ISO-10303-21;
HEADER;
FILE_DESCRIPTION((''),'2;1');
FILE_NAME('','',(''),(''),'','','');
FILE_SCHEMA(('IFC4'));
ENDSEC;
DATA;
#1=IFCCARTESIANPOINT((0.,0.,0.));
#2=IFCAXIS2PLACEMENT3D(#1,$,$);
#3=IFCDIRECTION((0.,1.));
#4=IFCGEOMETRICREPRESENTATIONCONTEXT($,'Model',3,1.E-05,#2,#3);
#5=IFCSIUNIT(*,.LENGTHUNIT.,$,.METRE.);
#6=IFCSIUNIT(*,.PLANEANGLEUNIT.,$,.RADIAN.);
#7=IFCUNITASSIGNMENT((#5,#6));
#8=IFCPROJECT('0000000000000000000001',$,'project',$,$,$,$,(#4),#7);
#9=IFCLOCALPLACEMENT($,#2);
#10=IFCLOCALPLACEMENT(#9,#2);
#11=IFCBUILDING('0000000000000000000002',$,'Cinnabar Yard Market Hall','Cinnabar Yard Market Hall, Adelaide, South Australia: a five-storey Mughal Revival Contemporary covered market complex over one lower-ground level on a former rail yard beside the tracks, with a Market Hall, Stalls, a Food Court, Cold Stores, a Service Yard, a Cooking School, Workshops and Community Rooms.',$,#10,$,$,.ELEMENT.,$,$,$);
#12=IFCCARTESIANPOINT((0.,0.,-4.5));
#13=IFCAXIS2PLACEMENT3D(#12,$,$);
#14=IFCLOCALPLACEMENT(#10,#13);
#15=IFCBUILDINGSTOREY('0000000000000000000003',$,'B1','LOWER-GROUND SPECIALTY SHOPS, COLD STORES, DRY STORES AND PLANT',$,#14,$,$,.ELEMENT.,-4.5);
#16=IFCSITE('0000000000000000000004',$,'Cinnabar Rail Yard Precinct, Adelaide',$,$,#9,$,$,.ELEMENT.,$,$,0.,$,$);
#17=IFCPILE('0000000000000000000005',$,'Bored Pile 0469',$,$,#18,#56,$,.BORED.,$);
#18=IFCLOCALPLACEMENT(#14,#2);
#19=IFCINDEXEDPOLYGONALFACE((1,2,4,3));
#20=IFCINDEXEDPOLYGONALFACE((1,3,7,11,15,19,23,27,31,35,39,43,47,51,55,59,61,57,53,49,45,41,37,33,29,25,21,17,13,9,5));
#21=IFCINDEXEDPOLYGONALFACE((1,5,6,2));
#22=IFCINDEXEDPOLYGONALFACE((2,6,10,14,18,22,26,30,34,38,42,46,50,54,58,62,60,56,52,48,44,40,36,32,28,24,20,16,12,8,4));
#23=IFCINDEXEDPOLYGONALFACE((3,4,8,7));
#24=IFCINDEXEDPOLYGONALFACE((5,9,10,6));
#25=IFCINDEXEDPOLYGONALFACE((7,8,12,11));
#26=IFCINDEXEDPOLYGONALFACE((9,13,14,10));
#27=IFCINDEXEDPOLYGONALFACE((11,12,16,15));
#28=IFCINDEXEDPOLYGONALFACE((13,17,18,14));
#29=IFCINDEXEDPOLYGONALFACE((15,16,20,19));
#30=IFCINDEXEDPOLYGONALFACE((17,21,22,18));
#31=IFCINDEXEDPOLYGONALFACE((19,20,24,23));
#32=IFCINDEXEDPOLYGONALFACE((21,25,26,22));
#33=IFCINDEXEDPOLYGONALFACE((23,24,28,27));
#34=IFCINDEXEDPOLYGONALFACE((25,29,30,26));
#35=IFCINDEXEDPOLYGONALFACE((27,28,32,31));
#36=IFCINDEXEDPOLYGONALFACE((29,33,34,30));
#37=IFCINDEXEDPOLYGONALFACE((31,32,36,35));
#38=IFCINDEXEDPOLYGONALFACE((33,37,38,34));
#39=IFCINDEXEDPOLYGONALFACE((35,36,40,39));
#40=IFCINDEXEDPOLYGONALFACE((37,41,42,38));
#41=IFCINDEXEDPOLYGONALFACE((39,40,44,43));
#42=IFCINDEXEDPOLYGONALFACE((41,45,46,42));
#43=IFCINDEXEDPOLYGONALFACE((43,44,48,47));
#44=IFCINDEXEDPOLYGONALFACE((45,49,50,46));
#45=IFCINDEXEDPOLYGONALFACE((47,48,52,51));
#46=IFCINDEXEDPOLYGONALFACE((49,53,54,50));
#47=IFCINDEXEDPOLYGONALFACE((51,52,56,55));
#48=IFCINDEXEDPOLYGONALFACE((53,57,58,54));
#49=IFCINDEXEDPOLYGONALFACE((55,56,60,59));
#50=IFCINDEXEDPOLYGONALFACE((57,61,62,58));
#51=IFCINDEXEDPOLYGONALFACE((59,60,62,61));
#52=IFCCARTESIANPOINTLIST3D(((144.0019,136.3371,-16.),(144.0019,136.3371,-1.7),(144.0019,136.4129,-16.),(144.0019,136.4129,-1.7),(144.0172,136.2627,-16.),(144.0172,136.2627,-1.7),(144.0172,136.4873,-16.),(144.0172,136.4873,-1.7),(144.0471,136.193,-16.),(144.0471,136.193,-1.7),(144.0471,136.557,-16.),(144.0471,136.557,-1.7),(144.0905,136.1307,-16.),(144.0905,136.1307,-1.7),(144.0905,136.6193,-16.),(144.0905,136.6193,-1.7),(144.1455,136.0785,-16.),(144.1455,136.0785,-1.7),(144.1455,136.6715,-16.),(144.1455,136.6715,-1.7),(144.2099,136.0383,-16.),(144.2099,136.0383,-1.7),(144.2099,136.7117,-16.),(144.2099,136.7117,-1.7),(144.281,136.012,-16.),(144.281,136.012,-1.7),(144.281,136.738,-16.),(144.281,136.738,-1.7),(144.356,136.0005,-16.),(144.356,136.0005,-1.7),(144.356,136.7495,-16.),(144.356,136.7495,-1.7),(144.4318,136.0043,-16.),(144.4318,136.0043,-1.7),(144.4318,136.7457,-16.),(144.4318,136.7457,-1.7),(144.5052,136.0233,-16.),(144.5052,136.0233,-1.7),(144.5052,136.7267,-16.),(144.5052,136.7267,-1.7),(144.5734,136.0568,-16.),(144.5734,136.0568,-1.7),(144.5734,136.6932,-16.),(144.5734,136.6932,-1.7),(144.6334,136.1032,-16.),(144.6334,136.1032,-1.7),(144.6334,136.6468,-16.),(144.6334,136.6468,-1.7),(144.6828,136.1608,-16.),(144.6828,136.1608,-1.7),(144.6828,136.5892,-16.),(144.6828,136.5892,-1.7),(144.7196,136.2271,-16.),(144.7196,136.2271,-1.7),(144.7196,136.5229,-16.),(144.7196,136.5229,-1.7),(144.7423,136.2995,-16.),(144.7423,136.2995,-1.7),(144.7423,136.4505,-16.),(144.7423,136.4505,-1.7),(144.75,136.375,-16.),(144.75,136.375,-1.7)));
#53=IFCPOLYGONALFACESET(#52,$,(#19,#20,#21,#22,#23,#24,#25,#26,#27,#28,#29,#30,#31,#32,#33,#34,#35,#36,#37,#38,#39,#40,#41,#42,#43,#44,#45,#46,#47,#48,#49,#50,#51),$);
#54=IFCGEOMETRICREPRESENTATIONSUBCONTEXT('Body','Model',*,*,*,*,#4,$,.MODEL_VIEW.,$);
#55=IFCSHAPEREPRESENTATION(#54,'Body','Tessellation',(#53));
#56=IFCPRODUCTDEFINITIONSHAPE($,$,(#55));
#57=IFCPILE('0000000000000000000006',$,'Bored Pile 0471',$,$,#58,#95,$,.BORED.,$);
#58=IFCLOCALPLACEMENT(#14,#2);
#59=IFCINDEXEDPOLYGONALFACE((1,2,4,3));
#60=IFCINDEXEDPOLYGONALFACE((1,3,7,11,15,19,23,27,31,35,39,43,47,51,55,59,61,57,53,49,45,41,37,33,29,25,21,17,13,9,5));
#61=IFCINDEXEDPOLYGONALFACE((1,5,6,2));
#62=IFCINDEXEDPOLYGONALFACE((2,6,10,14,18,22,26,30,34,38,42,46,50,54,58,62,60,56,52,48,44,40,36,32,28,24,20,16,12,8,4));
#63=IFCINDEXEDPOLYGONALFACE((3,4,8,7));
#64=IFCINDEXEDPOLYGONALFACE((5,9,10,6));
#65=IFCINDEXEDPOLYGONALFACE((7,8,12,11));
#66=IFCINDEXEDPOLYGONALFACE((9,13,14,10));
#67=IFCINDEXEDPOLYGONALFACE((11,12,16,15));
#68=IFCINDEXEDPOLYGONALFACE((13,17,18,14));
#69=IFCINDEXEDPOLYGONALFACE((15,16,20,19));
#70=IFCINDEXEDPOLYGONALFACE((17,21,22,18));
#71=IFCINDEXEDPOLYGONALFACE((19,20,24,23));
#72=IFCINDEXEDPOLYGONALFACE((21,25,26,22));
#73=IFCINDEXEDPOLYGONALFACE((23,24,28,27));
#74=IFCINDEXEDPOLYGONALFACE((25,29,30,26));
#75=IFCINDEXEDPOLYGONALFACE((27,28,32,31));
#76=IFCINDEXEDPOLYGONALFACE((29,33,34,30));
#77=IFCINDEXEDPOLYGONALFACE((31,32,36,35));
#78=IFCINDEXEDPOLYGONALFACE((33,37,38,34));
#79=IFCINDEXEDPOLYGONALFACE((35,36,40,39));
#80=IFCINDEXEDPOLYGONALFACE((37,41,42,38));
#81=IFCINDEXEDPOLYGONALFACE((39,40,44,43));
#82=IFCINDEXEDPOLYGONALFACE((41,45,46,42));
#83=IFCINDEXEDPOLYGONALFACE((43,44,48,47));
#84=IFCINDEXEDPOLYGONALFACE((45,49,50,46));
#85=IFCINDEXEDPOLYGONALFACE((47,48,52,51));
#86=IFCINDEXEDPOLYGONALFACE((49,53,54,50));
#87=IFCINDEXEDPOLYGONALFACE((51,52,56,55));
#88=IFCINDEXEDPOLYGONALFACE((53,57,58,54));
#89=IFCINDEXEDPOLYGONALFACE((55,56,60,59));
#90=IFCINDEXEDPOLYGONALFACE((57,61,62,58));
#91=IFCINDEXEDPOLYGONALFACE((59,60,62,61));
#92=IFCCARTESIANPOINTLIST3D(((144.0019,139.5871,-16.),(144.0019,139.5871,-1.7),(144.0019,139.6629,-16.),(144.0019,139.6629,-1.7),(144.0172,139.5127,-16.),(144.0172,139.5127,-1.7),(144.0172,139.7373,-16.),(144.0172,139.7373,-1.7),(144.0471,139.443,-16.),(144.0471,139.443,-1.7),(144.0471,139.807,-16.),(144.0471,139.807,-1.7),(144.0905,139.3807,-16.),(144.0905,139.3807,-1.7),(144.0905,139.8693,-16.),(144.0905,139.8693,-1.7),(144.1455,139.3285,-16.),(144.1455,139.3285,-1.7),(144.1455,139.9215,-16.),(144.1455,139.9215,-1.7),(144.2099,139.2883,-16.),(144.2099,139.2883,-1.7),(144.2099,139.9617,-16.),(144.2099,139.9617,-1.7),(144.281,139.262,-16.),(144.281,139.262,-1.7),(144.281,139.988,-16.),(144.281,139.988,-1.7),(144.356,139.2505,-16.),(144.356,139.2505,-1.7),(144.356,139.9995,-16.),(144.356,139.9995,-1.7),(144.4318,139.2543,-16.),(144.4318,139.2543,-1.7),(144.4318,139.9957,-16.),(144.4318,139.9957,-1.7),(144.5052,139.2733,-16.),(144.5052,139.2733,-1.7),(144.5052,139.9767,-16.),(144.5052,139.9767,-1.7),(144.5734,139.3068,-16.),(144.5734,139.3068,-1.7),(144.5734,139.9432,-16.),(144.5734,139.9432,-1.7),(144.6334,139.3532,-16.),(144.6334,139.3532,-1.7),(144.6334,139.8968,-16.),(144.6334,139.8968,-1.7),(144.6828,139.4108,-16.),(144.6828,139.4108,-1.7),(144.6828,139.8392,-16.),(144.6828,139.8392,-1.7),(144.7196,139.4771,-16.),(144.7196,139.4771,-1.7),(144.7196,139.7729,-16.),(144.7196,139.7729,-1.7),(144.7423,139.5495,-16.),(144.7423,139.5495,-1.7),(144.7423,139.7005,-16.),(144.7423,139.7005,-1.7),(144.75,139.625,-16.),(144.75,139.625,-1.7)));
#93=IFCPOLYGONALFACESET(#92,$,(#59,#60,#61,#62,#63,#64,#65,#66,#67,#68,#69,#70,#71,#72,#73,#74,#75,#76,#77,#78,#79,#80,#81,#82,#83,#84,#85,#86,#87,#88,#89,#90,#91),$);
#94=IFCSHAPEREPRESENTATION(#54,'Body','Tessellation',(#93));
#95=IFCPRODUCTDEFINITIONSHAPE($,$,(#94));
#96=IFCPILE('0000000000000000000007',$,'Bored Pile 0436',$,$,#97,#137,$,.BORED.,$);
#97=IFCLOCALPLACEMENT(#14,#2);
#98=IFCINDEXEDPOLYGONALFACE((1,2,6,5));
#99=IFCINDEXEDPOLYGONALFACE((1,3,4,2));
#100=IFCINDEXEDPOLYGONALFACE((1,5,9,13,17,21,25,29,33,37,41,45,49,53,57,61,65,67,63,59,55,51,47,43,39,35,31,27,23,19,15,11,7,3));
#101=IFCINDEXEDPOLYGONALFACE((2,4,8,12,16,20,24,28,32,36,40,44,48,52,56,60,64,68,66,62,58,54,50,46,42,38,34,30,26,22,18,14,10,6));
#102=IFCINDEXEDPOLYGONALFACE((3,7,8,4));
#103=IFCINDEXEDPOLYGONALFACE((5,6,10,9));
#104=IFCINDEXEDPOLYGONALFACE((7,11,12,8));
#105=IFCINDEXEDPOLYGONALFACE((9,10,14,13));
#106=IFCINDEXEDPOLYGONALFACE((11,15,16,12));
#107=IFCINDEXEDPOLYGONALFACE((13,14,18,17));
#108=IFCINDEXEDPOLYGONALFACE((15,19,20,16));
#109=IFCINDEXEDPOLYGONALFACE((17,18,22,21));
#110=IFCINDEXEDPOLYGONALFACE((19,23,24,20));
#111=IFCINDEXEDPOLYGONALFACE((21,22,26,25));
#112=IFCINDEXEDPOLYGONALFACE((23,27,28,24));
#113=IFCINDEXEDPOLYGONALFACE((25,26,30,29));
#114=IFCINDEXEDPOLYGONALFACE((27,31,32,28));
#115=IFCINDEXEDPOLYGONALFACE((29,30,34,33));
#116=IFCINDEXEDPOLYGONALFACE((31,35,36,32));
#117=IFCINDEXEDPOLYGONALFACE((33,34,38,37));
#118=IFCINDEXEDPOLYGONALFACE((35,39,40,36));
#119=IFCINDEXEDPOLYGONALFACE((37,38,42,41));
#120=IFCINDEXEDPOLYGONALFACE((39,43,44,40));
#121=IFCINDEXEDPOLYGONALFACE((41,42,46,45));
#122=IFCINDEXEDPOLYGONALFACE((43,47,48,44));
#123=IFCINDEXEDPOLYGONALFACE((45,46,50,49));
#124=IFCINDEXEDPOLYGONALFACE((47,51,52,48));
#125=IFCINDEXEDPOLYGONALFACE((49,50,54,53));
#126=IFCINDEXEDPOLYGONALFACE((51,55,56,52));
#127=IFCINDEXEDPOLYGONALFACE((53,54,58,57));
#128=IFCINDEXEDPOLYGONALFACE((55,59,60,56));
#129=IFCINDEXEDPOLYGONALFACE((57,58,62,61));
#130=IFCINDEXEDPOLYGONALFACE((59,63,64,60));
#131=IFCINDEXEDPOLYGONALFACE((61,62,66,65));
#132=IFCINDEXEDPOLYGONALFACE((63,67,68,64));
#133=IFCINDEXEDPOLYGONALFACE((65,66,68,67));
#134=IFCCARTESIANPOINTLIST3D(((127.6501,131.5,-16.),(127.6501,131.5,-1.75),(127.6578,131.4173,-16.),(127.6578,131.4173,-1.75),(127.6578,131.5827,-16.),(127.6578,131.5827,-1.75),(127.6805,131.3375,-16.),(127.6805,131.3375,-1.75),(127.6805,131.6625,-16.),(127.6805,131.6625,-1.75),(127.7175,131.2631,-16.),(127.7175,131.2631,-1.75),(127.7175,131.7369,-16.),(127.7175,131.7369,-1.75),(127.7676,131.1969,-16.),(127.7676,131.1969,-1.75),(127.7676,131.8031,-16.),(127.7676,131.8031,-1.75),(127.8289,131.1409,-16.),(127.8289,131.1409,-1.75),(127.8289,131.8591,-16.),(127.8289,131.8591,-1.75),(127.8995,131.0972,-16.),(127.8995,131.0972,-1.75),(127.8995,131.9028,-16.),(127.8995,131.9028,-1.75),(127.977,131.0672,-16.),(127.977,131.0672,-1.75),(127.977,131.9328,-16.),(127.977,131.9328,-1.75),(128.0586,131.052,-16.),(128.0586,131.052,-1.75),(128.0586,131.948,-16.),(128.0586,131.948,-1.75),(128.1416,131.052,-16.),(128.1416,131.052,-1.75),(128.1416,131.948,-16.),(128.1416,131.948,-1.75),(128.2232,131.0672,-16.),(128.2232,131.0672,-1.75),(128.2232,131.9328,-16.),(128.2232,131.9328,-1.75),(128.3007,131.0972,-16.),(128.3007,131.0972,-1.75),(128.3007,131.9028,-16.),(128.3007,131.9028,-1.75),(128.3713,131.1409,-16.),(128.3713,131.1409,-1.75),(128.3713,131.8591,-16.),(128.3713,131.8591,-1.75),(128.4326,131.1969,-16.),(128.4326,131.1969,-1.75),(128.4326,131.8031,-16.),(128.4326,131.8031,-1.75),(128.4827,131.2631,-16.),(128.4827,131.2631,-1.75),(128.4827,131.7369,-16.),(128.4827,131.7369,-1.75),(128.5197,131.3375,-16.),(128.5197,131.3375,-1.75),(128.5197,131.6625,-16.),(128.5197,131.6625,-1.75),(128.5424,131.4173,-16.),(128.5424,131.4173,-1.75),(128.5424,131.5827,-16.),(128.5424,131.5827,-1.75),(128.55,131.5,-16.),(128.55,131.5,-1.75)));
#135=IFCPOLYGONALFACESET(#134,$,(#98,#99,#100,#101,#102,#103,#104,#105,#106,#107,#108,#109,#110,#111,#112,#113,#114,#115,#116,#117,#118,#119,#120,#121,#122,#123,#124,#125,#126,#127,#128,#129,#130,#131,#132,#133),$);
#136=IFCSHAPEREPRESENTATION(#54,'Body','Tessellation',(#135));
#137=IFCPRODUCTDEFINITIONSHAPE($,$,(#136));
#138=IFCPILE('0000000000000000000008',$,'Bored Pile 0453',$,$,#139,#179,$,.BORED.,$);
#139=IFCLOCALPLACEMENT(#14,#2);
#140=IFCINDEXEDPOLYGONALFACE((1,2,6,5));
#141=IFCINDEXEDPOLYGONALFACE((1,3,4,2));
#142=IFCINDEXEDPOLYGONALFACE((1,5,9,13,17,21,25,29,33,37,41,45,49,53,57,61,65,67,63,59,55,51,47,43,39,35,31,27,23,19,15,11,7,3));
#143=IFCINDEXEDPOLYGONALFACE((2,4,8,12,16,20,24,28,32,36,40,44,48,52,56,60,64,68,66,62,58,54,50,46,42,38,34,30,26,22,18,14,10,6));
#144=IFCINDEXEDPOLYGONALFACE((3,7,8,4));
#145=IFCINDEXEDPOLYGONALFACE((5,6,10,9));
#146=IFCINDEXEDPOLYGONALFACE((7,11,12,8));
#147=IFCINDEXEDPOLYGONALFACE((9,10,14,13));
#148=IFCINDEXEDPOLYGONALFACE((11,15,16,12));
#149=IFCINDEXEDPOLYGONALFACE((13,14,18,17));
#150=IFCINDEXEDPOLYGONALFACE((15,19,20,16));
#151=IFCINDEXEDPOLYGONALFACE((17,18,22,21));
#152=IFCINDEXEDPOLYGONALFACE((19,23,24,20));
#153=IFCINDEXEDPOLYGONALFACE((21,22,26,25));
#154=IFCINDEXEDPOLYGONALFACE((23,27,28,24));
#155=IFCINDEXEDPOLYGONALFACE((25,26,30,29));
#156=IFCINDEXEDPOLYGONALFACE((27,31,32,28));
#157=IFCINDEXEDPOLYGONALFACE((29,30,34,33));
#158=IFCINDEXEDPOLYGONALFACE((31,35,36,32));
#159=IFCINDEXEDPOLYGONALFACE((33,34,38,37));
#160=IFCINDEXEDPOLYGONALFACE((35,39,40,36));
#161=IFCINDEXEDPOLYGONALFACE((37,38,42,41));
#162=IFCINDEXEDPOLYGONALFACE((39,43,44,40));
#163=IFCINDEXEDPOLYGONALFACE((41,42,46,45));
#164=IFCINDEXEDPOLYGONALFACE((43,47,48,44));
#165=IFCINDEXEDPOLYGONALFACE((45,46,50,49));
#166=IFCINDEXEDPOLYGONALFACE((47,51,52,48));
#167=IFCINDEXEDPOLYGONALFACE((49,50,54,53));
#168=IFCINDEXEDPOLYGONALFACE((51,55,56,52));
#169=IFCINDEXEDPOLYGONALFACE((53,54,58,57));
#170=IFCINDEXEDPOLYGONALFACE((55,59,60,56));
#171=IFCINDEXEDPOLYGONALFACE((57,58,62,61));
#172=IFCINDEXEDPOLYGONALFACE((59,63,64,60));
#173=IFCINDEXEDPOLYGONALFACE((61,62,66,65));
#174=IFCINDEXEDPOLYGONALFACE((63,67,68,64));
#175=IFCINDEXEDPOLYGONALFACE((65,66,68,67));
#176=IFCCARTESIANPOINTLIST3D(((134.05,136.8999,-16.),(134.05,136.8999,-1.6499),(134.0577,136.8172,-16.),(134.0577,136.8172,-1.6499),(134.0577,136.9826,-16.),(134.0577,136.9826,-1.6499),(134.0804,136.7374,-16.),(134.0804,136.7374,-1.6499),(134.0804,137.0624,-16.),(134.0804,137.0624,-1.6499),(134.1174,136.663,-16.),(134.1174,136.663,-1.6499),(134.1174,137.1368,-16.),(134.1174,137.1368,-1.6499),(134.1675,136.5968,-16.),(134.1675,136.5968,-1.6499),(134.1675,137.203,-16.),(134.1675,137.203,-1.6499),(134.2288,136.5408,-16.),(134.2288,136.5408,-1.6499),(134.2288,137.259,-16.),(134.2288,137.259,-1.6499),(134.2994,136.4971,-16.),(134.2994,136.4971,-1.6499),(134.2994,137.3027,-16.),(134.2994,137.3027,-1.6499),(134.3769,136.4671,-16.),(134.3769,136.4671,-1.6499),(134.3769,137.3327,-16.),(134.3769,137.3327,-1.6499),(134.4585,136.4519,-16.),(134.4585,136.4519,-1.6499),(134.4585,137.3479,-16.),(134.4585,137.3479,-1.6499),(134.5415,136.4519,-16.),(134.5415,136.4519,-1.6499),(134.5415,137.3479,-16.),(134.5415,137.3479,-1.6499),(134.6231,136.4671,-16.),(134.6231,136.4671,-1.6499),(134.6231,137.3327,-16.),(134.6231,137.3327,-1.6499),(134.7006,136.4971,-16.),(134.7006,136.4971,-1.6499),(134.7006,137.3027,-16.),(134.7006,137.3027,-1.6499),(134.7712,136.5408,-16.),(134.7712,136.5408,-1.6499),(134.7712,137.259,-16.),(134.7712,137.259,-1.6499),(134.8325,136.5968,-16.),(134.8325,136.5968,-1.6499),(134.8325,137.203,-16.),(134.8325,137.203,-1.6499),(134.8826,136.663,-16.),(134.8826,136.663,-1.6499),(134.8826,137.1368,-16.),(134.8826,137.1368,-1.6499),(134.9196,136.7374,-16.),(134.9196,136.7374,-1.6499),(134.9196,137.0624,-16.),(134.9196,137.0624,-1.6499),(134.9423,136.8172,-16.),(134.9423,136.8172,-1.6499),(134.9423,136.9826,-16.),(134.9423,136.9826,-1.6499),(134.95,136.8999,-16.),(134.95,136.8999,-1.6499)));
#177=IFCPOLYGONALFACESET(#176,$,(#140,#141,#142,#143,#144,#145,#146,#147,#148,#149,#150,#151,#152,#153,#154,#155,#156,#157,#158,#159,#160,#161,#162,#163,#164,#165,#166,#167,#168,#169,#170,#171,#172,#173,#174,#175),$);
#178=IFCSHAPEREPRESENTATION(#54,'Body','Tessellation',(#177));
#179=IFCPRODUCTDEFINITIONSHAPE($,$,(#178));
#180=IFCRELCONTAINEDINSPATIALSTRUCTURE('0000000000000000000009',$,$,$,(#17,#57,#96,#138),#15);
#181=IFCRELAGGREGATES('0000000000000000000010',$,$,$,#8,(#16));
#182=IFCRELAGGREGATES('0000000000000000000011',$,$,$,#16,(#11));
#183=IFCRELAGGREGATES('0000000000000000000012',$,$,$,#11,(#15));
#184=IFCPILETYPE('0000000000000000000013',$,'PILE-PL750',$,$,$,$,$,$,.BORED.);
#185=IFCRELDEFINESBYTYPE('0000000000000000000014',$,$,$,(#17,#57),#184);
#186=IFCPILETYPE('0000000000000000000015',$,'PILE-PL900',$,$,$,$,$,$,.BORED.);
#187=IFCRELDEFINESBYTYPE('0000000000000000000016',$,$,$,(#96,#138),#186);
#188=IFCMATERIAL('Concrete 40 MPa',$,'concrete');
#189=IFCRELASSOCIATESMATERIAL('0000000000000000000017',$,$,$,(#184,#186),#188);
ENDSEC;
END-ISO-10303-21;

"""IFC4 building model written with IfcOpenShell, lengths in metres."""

from ifc_helpers import new_model, si_unit, direction, frame, origin, origin_2d_with_axis, place, context, subcontext, project, spatial, circle, extrude, material, material_profile, profile_set, type_object, element, save


model = new_model("IFC4")

# Units and contexts
model_context = context("Model", 3, precision=1e-05, world=origin(), true_north=direction((0.0, 1.0)))
body_context = subcontext(model_context, "Body", "Model", "MODEL_VIEW")
ifc_project = project(units=[si_unit("LENGTHUNIT", "METRE"), si_unit("PLANEANGLEUNIT", "RADIAN")], contexts=[model_context])

# Site, building, storey
site_placement = place(None, origin())
site = spatial("IfcSite", under=ifc_project, at=site_placement, Name="Cinnabar Rail Yard Precinct, Adelaide", CompositionType="ELEMENT", RefElevation=0.0)
building_placement = place(site_placement, origin())
building = spatial("IfcBuilding", under=site, at=building_placement, Name="Cinnabar Yard Market Hall", Description="Cinnabar Yard Market Hall, Adelaide, South Australia: a five-storey Mughal Revival Contemporary covered market complex over one lower-ground level on a former rail yard beside the tracks, with a Market Hall, Stalls, a Food Court, Cold Stores, a Service Yard, a Cooking School, Workshops and Community Rooms.", CompositionType="ELEMENT")
storey_placement = place(building_placement, frame((0.0, 0.0, -4.5)))
storey = spatial("IfcBuildingStorey", under=building, at=storey_placement, Name="B1", Description="LOWER-GROUND SPECIALTY SHOPS, COLD STORES, DRY STORES AND PLANT", CompositionType="ELEMENT", Elevation=-4.5)

# Shared definitions
ifc_material_1 = material(Name="Concrete 40 MPa", Category="concrete")

# Piles
ifc_material_profile_1 = material_profile(ifc_material_1, circle(Radius=0.375, at=origin_2d_with_axis()), Name="PILE-D750")
ifc_profile_set_1 = profile_set([ifc_material_profile_1], Name="Concrete 40 MPa")
pile_type_1 = type_object("IfcPileType", Name="PILE-PL750", PredefinedType="BORED", material=ifc_profile_set_1)
for number, where, z_axis, x_axis, name in (
    (1, (144.375, 136.375, -1.7), (0.0, 0.0, -1.0), (1.0, 0.0, 0.0), "Bored Pile 0469"),
    (2, (144.375, 139.625, -1.7), (0.0, 0.0, -1.0), (1.0, 0.0, 0.0), "Bored Pile 0471"),
):
    element("IfcPile", number, at=place(storey_placement, frame(where, z_axis=z_axis, x_axis=x_axis)), inside=storey, type_object=pile_type_1, Name=name, PredefinedType="BORED", context=body_context, shape_type="SweptSolid", body=[
        extrude(circle(Radius=0.375, at=origin_2d_with_axis()), origin(), (0.0, 0.0, 1.0), 14.3),
    ])
ifc_material_profile_2 = material_profile(ifc_material_1, circle(Radius=0.45, at=origin_2d_with_axis()), Name="PILE-D900")
ifc_profile_set_2 = profile_set([ifc_material_profile_2], Name="Concrete 40 MPa")
pile_type_2 = type_object("IfcPileType", Name="PILE-PL900", PredefinedType="BORED", material=ifc_profile_set_2)
pile_1_placement = place(storey_placement, frame((128.1001, 131.5, -1.75), z_axis=(0.0, 0.0, -1.0), x_axis=(1.0, 0.0, 0.0)))
element("IfcPile", 3, at=pile_1_placement, inside=storey, type_object=pile_type_2, Name="Bored Pile 0436", PredefinedType="BORED", context=body_context, shape_type="SweptSolid", body=[
    extrude(circle(Radius=0.45, at=origin_2d_with_axis()), origin(), (0.0, 0.0, 1.0), 14.25),
])
for number, where, z_axis, x_axis, name in (
    (4, (134.5, 136.8999, -1.6499), (0.0, 0.0, -1.0), (1.0, 0.0, 0.0), "Bored Pile 0453"),
):
    element("IfcPile", number, at=place(storey_placement, frame(where, z_axis=z_axis, x_axis=x_axis)), inside=storey, type_object=pile_type_2, Name=name, PredefinedType="BORED", context=body_context, shape_type="SweptSolid", body=[
        extrude(circle(Radius=0.45, at=origin_2d_with_axis()), origin(), (0.0, 0.0, 1.0), 14.3501),
    ])

save(model, "model.ifc")
